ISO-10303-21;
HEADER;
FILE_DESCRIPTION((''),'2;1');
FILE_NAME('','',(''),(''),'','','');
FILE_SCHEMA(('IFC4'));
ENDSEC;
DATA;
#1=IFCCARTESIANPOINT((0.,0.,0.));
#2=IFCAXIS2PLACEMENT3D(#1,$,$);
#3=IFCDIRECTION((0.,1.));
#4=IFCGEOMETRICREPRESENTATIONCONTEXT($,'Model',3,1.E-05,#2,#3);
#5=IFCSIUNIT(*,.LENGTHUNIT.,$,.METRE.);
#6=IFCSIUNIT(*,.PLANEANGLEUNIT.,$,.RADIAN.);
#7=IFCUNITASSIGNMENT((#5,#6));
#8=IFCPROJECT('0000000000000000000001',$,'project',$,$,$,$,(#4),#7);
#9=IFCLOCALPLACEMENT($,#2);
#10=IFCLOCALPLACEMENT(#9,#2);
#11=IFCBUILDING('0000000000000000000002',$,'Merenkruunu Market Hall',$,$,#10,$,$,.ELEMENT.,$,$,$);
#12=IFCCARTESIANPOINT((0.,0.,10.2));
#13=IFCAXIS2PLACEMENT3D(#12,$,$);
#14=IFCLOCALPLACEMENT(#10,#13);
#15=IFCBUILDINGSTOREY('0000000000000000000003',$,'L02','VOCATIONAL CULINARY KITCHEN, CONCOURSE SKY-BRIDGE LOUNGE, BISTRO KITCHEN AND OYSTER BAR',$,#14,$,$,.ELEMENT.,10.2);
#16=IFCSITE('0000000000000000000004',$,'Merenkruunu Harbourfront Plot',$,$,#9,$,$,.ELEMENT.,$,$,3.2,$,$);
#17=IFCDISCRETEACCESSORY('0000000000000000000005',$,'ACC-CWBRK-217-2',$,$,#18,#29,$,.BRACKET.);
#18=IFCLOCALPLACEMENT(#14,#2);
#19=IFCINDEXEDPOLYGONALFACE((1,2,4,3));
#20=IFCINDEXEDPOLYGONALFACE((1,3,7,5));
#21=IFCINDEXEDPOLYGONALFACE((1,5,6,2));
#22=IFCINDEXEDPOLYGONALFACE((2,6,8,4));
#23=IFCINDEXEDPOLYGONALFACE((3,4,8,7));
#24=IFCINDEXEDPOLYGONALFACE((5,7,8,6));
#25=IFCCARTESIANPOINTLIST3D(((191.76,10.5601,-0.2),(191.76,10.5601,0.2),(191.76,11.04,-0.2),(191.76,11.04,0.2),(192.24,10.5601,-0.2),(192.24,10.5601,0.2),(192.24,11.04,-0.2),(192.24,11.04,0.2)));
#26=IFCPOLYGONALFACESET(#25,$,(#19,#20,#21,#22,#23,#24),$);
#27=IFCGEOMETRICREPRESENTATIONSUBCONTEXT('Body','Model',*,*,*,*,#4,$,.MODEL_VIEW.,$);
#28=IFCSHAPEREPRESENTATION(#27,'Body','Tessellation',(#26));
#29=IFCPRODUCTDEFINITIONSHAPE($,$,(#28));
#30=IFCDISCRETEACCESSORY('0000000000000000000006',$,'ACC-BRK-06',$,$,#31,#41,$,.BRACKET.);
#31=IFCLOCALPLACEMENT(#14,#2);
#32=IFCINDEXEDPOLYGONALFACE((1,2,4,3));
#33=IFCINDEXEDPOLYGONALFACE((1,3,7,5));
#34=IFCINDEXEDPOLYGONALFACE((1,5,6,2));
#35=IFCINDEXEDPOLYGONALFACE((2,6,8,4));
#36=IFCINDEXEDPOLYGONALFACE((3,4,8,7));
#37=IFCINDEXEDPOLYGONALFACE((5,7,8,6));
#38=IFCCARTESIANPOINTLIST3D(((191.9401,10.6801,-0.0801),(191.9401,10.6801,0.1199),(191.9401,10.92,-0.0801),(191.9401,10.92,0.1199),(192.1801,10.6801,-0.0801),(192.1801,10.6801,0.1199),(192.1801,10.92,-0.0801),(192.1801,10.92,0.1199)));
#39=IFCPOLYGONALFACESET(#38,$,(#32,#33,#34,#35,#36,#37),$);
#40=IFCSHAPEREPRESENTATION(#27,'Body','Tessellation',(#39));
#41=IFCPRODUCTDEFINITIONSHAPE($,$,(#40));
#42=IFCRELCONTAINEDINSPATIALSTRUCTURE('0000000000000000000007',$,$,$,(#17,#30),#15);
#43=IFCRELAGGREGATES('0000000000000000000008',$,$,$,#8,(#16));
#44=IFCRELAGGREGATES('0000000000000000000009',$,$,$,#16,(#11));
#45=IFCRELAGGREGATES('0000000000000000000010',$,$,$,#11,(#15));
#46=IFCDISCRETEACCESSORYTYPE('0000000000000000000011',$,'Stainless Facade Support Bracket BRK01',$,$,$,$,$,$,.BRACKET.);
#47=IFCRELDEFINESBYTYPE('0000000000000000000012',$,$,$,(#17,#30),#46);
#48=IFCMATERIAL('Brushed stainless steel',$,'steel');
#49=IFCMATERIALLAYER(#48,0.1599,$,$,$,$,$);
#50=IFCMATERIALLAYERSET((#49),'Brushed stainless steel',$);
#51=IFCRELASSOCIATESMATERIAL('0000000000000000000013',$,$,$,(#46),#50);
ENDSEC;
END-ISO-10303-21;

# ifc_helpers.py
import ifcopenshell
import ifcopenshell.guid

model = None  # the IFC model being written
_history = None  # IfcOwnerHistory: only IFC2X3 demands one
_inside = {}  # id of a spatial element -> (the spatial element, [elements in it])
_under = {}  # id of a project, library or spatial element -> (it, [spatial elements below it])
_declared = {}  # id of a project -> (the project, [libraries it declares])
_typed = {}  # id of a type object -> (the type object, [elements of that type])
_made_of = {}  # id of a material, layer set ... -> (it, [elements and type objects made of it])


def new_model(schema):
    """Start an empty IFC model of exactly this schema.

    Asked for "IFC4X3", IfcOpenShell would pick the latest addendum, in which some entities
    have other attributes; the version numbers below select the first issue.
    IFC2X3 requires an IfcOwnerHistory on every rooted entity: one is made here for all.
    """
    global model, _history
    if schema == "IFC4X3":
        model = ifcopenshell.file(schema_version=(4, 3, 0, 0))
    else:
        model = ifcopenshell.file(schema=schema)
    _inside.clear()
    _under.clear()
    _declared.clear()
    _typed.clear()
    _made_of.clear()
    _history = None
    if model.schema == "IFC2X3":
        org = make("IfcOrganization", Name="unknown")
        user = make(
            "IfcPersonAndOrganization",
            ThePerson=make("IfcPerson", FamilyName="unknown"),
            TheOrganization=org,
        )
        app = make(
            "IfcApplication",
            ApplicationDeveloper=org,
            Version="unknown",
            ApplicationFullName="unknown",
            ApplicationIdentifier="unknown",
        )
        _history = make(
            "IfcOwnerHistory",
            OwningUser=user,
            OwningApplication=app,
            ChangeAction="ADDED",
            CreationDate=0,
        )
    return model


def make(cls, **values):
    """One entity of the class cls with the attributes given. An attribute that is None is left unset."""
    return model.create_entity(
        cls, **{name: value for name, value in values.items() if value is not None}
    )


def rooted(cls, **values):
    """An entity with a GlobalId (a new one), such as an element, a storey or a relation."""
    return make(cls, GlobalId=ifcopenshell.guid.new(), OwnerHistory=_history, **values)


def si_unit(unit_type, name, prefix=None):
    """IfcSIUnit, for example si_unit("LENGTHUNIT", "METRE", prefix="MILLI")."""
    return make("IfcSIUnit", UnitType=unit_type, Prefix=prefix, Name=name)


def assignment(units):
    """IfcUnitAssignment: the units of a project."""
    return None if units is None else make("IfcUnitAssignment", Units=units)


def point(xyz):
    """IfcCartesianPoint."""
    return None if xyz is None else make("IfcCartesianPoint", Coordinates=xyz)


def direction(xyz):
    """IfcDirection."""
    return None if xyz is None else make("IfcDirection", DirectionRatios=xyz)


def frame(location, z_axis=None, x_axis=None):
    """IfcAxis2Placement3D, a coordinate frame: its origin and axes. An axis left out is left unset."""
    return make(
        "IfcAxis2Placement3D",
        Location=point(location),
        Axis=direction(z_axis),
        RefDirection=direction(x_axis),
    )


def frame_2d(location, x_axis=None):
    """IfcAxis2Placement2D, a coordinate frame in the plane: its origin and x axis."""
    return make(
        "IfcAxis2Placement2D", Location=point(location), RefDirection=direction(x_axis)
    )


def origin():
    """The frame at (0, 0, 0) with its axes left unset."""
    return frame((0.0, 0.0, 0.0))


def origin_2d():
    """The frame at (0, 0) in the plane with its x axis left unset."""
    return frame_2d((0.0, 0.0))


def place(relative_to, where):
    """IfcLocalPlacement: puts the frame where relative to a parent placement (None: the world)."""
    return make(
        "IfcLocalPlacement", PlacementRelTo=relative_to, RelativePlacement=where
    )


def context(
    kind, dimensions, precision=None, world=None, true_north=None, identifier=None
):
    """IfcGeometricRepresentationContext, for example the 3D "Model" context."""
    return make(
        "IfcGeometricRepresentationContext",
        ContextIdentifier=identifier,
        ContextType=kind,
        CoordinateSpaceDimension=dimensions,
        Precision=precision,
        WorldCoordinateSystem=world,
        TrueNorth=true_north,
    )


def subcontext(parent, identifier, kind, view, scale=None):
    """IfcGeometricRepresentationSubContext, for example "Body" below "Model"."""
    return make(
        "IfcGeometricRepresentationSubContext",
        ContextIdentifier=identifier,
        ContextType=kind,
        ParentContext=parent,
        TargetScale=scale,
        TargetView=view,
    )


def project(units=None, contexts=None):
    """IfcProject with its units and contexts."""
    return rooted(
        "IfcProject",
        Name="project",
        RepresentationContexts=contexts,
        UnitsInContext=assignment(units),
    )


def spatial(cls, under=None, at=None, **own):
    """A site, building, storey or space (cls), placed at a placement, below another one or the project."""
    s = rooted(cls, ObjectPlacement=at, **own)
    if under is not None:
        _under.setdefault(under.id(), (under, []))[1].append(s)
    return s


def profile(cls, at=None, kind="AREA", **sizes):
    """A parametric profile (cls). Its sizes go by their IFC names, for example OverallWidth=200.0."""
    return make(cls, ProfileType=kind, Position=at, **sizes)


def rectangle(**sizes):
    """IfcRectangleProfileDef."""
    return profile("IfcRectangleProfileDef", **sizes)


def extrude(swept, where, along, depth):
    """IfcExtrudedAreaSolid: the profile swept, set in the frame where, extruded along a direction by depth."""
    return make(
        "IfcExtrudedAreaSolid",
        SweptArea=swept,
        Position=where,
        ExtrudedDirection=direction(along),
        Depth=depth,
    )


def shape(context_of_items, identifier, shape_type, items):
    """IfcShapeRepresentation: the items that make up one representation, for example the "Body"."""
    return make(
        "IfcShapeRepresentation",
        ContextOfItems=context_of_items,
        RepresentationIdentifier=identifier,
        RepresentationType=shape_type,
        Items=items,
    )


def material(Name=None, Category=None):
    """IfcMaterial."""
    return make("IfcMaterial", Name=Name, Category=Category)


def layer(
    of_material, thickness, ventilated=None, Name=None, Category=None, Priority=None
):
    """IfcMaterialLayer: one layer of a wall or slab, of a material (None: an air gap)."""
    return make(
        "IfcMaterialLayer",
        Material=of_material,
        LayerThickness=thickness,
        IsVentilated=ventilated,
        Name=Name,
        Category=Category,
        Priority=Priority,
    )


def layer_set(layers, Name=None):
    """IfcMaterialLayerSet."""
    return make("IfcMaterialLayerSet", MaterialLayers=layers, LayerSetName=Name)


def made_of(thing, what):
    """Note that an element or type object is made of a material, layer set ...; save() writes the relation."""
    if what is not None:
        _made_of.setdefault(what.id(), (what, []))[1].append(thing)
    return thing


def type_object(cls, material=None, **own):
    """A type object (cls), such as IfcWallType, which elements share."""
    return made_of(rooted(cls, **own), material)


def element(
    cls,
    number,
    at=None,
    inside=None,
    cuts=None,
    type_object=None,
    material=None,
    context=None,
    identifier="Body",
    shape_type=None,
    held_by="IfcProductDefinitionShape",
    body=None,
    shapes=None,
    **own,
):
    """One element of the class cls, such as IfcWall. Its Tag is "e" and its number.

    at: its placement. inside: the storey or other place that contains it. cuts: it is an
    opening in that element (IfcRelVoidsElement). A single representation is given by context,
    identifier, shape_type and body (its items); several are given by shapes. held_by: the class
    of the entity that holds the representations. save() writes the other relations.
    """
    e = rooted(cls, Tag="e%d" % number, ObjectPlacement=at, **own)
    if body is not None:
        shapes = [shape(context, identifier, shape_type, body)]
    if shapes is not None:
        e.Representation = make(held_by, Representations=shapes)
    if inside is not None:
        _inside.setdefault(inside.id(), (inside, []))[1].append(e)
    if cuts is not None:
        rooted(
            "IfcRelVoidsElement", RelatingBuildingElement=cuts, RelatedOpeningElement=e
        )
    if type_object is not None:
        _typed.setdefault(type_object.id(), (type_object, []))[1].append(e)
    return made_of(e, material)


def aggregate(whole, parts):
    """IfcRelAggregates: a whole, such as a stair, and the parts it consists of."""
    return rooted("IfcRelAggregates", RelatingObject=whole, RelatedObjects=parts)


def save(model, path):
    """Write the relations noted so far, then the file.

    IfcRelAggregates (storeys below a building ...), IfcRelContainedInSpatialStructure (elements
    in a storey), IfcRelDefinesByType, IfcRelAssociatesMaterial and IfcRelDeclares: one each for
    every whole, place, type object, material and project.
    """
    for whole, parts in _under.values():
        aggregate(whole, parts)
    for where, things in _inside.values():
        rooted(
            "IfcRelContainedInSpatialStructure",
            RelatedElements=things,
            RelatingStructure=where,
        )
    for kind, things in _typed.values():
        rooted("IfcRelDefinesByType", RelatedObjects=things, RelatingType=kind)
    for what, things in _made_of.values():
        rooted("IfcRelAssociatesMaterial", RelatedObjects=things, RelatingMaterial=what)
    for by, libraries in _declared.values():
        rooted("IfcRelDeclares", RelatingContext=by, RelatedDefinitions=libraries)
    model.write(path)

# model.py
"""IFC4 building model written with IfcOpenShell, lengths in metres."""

from ifc_helpers import new_model, si_unit, direction, frame, origin, origin_2d, place, context, subcontext, project, spatial, rectangle, extrude, material, layer, layer_set, type_object, element, save


model = new_model("IFC4")

# Units and contexts
model_context = context("Model", 3, precision=1e-05, world=origin(), true_north=direction((0.0, 1.0)))
body_context = subcontext(model_context, "Body", "Model", "MODEL_VIEW")
ifc_project = project(units=[si_unit("LENGTHUNIT", "METRE"), si_unit("PLANEANGLEUNIT", "RADIAN")], contexts=[model_context])

# Site, building, storey
site_placement = place(None, origin())
site = spatial("IfcSite", under=ifc_project, at=site_placement, Name="Merenkruunu Harbourfront Plot", CompositionType="ELEMENT", RefElevation=3.2)
building_placement = place(site_placement, origin())
building = spatial("IfcBuilding", under=site, at=building_placement, Name="Merenkruunu Market Hall", CompositionType="ELEMENT")
storey_placement = place(building_placement, frame((0.0, 0.0, 10.2)))
storey = spatial("IfcBuildingStorey", under=building, at=storey_placement, Name="L02", Description="VOCATIONAL CULINARY KITCHEN, CONCOURSE SKY-BRIDGE LOUNGE, BISTRO KITCHEN AND OYSTER BAR", CompositionType="ELEMENT", Elevation=10.2)

# Shared definitions
ifc_material_1 = material(Name="Brushed stainless steel", Category="steel")

# Discrete accessories
ifc_layer_1 = layer(ifc_material_1, 0.1599)
ifc_layer_set_1 = layer_set([ifc_layer_1], Name="Brushed stainless steel")
discrete_accessory_type = type_object("IfcDiscreteAccessoryType", Name="Stainless Facade Support Bracket BRK01", PredefinedType="BRACKET", material=ifc_layer_set_1)
for number, where, z_axis, x_axis, name in (
    (1, (192.0, 10.8, -0.2), (0.0, 0.0, 1.0), (1.0, 0.0, 0.0), "ACC-CWBRK-217-2"),
):
    element("IfcDiscreteAccessory", number, at=place(storey_placement, frame(where, z_axis=z_axis, x_axis=x_axis)), inside=storey, type_object=discrete_accessory_type, Name=name, PredefinedType="BRACKET", context=body_context, shape_type="SweptSolid", body=[
        extrude(rectangle(XDim=0.48, YDim=0.48, at=origin_2d()), origin(), (0.0, 0.0, 1.0), 0.3999),
    ])
discrete_accessory_placement = place(storey_placement, frame((192.0601, 10.8, -0.0801), z_axis=(0.0, 0.0, 1.0), x_axis=(1.0, 0.0, 0.0)))
element("IfcDiscreteAccessory", 2, at=discrete_accessory_placement, inside=storey, type_object=discrete_accessory_type, Name="ACC-BRK-06", PredefinedType="BRACKET", context=body_context, shape_type="SweptSolid", body=[
    extrude(rectangle(XDim=0.24, YDim=0.24, at=origin_2d()), origin(), (0.0, 0.0, 1.0), 0.2),
])

save(model, "model.ifc")
